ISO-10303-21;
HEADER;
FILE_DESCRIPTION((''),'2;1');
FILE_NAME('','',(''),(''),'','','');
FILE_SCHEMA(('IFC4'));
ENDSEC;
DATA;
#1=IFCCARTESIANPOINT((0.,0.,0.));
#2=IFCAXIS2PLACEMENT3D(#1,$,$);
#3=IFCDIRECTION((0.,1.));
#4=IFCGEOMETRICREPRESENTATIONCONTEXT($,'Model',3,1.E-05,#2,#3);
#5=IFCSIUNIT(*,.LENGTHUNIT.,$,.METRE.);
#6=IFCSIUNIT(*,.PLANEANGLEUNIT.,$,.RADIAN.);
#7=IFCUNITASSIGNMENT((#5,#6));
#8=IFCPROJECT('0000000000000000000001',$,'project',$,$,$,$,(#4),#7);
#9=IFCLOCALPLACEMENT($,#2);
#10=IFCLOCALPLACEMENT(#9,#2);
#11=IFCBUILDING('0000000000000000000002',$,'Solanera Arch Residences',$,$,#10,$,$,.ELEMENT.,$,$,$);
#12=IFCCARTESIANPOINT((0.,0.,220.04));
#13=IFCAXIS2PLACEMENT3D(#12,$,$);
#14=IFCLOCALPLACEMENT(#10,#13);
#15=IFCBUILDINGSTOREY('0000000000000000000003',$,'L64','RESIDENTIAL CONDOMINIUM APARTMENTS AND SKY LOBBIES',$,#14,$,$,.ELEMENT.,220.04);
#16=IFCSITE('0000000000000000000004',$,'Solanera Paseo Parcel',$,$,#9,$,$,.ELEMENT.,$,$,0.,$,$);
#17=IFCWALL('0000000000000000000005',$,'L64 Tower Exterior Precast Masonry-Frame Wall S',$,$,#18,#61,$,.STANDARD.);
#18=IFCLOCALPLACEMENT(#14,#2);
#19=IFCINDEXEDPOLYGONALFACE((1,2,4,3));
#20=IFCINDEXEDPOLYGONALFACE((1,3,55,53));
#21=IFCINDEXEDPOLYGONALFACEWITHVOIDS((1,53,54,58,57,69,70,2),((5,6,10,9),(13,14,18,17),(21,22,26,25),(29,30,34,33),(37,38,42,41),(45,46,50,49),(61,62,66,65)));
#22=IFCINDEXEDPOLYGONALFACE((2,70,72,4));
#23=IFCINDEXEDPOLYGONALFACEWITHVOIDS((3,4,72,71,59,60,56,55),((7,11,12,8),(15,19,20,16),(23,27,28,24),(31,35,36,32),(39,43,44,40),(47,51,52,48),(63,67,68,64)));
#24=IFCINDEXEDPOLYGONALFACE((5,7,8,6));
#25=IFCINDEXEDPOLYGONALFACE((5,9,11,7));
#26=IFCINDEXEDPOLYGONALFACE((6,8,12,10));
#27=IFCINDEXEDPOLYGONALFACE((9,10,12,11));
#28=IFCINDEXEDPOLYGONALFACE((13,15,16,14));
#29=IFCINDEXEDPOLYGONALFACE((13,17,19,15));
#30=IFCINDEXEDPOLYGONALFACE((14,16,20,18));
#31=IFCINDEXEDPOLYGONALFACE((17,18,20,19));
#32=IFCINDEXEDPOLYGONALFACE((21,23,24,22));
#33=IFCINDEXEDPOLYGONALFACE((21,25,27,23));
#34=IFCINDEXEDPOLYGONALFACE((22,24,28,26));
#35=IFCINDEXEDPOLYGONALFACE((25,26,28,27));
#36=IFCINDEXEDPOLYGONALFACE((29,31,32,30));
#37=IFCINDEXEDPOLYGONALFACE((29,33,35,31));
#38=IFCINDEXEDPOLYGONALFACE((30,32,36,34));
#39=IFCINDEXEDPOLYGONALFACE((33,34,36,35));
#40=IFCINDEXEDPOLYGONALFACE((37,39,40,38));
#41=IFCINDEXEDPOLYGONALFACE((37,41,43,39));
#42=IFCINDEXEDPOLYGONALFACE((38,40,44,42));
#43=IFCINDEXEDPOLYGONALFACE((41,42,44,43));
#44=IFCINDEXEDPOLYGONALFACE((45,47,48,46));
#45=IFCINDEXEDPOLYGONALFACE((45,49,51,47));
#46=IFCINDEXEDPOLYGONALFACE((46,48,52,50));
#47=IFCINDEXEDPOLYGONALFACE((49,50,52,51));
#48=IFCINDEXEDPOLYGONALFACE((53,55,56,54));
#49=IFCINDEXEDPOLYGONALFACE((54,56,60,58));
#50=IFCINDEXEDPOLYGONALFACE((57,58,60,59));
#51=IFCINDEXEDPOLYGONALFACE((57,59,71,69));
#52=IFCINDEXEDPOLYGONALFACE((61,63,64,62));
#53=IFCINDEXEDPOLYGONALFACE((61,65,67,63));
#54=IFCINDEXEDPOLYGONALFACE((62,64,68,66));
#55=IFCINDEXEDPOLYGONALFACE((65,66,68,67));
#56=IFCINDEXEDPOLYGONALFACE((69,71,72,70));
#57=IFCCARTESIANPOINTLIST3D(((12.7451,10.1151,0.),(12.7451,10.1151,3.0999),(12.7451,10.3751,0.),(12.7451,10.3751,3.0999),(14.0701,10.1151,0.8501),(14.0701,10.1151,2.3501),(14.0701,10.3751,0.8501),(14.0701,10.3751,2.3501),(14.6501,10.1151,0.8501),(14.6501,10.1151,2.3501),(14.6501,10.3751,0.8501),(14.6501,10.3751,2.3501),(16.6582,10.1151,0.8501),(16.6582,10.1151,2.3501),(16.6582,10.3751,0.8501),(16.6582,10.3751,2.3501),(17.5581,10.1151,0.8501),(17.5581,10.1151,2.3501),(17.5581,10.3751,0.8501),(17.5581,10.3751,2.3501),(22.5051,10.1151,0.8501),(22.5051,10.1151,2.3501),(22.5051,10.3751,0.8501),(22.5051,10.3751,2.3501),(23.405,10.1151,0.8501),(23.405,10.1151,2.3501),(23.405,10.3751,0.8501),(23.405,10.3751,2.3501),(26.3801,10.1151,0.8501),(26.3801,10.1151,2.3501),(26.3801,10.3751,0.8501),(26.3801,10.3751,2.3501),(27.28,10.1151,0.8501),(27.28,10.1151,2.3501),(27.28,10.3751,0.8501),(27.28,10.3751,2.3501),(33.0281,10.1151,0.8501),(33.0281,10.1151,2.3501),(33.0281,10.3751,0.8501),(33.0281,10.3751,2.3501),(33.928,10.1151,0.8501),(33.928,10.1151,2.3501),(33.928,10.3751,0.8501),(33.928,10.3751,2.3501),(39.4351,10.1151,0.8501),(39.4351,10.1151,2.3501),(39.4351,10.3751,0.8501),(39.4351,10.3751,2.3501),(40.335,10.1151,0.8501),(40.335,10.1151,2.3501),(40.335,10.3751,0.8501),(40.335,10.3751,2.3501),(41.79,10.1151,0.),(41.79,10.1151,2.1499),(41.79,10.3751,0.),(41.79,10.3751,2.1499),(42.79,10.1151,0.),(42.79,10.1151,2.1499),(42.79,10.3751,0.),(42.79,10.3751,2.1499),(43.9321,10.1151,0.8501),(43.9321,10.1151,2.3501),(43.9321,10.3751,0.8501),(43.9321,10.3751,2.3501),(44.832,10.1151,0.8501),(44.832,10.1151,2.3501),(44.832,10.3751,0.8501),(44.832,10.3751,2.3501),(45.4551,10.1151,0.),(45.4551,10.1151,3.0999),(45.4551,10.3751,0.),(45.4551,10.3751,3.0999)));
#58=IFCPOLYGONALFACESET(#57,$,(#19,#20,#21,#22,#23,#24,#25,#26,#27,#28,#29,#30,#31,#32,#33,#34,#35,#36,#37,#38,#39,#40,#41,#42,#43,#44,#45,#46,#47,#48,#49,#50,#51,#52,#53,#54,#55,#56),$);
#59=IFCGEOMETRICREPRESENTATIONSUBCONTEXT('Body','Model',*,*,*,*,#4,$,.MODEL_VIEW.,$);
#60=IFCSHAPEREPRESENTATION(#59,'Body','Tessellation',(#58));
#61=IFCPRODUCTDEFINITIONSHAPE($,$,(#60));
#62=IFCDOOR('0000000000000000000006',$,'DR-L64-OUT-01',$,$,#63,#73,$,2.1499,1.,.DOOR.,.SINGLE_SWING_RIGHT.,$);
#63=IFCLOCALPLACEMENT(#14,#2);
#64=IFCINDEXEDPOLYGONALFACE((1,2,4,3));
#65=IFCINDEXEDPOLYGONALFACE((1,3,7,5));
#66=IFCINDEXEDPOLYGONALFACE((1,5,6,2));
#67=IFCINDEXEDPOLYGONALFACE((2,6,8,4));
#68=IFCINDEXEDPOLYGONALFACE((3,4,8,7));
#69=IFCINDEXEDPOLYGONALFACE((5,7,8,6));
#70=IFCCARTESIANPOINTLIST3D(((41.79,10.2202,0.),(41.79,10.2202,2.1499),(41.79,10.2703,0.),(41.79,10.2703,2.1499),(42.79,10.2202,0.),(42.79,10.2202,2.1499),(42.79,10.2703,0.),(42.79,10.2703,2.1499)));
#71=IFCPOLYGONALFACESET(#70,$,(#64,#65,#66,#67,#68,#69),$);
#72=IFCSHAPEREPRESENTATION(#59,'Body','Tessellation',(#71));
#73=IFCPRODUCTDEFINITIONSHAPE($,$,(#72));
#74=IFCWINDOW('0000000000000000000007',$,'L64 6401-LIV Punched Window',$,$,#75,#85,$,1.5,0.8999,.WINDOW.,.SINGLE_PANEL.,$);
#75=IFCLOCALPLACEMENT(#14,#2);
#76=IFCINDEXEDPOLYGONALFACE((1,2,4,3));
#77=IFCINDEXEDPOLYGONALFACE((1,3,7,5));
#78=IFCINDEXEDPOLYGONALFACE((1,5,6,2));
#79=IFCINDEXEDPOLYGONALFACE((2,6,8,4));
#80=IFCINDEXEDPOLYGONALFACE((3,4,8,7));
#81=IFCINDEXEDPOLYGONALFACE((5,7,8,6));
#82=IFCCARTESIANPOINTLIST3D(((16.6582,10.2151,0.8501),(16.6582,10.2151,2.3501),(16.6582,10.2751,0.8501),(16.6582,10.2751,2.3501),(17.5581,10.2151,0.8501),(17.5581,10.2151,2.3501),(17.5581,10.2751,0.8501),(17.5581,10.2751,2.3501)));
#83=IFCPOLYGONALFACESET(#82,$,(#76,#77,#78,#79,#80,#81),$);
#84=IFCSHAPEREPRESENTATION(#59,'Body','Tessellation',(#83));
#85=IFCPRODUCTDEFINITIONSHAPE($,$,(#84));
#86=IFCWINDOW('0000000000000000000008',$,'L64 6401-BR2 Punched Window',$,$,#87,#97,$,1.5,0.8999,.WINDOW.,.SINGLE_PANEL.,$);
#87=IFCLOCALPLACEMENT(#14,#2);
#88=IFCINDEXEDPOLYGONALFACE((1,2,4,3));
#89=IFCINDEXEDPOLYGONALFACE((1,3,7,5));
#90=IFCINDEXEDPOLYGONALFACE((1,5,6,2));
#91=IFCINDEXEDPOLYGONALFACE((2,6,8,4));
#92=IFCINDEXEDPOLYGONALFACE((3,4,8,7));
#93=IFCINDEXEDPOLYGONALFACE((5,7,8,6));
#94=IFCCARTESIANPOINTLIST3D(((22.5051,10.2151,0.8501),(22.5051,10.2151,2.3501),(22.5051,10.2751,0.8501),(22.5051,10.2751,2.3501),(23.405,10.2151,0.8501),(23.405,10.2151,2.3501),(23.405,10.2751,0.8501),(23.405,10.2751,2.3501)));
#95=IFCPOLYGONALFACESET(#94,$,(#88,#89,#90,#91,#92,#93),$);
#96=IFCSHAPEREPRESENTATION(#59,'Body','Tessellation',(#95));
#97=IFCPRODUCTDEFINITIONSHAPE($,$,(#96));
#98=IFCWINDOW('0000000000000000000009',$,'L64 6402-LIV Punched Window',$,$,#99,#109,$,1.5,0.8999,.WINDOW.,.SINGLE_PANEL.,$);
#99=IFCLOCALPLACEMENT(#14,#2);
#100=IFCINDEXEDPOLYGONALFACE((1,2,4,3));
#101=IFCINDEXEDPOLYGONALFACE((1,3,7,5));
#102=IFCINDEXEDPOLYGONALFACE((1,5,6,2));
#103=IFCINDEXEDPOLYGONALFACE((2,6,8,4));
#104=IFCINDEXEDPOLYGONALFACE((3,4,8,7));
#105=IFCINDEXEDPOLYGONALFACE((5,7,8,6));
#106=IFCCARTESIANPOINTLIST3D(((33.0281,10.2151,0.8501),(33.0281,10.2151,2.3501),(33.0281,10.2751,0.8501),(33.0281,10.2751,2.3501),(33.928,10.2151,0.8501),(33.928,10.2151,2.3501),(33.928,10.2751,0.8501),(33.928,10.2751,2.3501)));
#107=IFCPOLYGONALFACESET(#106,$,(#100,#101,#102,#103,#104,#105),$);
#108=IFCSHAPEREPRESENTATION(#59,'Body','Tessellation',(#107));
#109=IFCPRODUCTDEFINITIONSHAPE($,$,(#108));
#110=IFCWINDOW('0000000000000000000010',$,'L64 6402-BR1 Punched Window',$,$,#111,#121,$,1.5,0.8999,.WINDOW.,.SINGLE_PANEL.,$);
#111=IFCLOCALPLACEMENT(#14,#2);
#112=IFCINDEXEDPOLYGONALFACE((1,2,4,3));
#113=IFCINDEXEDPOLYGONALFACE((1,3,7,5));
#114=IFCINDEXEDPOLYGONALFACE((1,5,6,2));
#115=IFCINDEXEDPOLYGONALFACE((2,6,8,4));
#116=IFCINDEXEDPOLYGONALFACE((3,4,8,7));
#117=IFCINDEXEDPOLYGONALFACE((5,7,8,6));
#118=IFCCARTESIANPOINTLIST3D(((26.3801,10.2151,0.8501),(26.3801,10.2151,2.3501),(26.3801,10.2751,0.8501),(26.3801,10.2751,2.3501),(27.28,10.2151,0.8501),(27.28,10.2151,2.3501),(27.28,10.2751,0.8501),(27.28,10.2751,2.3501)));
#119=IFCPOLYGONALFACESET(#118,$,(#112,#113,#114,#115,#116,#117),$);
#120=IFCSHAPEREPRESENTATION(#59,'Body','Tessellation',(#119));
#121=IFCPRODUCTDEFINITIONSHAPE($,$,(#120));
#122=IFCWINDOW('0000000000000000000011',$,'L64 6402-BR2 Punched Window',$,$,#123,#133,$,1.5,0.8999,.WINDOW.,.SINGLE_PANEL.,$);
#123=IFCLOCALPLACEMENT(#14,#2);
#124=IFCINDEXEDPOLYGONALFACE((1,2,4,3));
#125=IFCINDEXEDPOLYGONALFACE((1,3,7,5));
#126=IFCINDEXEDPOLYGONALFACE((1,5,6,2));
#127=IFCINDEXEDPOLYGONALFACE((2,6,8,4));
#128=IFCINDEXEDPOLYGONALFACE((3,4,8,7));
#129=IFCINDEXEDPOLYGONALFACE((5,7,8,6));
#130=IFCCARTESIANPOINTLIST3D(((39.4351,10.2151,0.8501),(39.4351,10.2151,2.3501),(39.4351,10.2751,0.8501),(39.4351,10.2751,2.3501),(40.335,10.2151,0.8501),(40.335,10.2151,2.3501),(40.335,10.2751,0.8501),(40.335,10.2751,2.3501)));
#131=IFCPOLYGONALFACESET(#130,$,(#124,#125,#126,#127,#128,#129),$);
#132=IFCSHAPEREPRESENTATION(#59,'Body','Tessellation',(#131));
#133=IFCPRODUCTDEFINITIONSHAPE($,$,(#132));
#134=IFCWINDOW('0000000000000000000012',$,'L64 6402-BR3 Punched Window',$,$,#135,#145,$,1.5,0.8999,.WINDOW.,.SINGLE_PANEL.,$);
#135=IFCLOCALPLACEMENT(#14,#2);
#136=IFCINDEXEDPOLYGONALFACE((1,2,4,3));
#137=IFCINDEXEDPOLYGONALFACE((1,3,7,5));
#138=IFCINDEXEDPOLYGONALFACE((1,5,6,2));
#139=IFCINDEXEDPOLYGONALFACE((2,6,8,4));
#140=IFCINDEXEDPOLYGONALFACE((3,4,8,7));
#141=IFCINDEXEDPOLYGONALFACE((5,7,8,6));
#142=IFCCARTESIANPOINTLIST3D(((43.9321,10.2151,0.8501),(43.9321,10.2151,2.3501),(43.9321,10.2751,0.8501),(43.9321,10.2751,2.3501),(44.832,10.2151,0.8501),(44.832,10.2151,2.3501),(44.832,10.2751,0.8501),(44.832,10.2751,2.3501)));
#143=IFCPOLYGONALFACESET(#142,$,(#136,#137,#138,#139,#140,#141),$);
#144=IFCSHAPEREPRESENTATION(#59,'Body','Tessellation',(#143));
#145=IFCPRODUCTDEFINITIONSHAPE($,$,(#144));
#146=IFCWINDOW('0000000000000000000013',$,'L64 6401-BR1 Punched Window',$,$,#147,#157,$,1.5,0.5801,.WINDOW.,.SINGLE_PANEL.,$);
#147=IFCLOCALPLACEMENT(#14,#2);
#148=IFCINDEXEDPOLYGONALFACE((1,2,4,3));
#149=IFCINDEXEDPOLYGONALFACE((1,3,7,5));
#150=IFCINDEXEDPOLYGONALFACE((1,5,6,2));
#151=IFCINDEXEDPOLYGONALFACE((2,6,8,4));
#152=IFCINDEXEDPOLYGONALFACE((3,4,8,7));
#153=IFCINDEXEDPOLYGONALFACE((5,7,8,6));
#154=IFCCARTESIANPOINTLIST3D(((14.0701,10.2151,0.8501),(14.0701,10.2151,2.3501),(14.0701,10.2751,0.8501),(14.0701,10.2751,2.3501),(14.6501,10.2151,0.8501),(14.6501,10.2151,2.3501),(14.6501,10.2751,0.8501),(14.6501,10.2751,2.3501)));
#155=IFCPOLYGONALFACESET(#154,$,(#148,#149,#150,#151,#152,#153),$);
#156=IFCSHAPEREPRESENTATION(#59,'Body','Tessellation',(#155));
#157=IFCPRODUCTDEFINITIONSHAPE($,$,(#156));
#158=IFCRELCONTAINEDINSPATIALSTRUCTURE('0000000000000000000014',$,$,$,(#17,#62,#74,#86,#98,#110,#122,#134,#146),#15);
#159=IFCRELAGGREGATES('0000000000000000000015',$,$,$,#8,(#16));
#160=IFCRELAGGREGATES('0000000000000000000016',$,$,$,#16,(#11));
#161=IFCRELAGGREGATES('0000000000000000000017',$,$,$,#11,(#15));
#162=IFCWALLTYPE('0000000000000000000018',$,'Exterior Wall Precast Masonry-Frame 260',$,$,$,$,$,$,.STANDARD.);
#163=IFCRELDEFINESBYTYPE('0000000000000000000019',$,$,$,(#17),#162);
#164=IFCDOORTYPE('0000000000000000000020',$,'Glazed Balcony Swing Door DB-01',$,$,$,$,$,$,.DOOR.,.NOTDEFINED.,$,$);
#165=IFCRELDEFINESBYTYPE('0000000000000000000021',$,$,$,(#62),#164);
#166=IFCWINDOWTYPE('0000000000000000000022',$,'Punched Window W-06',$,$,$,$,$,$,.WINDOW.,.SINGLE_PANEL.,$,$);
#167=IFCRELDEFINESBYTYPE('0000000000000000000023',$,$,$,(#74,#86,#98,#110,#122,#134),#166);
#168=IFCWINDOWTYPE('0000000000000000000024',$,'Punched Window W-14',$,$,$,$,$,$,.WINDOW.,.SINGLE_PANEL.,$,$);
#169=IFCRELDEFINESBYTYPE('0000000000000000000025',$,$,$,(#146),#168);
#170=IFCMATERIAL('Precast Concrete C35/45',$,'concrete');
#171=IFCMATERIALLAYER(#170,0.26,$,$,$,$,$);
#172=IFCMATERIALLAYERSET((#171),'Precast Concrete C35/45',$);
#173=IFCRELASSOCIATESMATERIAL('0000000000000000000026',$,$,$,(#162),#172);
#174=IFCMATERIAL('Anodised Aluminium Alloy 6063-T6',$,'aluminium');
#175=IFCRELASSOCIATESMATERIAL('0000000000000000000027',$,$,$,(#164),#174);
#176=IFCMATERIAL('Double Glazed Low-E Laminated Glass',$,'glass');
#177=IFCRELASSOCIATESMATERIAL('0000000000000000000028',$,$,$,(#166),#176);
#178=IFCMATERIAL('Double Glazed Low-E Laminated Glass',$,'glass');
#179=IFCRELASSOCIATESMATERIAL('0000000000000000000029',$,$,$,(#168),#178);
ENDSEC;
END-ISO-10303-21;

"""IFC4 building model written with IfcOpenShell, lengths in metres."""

from ifc_helpers import new_model, si_unit, direction, frame, frame_2d, origin, place, context, subcontext, project, spatial, rectangle, extrude, material, layer, layer_set, type_object, element, fill, save


model = new_model("IFC4")

# Units and contexts
model_context = context("Model", 3, precision=1e-05, world=origin(), true_north=direction((0.0, 1.0)))
body_context = subcontext(model_context, "Body", "Model", "MODEL_VIEW")
ifc_project = project(units=[si_unit("LENGTHUNIT", "METRE"), si_unit("PLANEANGLEUNIT", "RADIAN")], contexts=[model_context])

# Site, building, storey
site_placement = place(None, origin())
site = spatial("IfcSite", under=ifc_project, at=site_placement, Name="Solanera Paseo Parcel", CompositionType="ELEMENT", RefElevation=0.0)
building_placement = place(site_placement, origin())
building = spatial("IfcBuilding", under=site, at=building_placement, Name="Solanera Arch Residences", CompositionType="ELEMENT")
storey_placement = place(building_placement, frame((0.0, 0.0, 220.04)))
storey = spatial("IfcBuildingStorey", under=building, at=storey_placement, Name="L64", Description="RESIDENTIAL CONDOMINIUM APARTMENTS AND SKY LOBBIES", CompositionType="ELEMENT", Elevation=220.04)

# Shared definitions
ifc_material_1 = material(Name="Precast Concrete C35/45", Category="concrete")
ifc_layer_1 = layer(ifc_material_1, 0.26)
ifc_layer_set_1 = layer_set([ifc_layer_1], Name="Precast Concrete C35/45")
wall_type_1 = type_object("IfcWallType", Name="Exterior Wall Precast Masonry-Frame 260", PredefinedType="STANDARD", material=ifc_layer_set_1)

# Wall, openings, door, windows
wall_1_placement = place(storey_placement, frame((45.4551, 10.2451, 0.0), z_axis=(0.0, 0.0, 1.0), x_axis=(-1.0, 0.0, 0.0)))
wall_1 = element("IfcWall", 1, at=wall_1_placement, inside=storey, type_object=wall_type_1, Name="L64 Tower Exterior Precast Masonry-Frame Wall S", PredefinedType="STANDARD", context=body_context, shape_type="SweptSolid", body=[
    extrude(rectangle(XDim=32.71, YDim=0.26, at=frame_2d((16.355, 0.0))), origin(), (0.0, 0.0, 1.0), 3.0999),
])
opening_1_placement = place(wall_1_placement, frame((2.665, 0.0, 0.0)))
opening_1 = element("IfcOpeningElement", 2, at=opening_1_placement, cuts=wall_1, PredefinedType="OPENING", context=body_context, shape_type="SweptSolid", body=[
    extrude(rectangle(XDim=1.0, YDim=2.1499, at=frame_2d((0.5, 1.075))), frame((0.0, 0.1399, 0.0), z_axis=(0.0, -1.0, 0.0), x_axis=(1.0, 0.0, 0.0)), (0.0, 0.0, 1.0), 0.28),
])
opening_2_placement = place(wall_1_placement, frame((27.897, 0.0, 0.8501)))
opening_2 = element("IfcOpeningElement", 3, at=opening_2_placement, cuts=wall_1, PredefinedType="OPENING", context=body_context, shape_type="SweptSolid", body=[
    extrude(rectangle(XDim=0.8999, YDim=1.5, at=frame_2d((0.45, 0.75))), frame((0.0, 0.1399, 0.0), z_axis=(0.0, -1.0, 0.0), x_axis=(1.0, 0.0, 0.0)), (0.0, 0.0, 1.0), 0.28),
])
opening_3_placement = place(wall_1_placement, frame((30.8049, 0.0, 0.8501)))
opening_3 = element("IfcOpeningElement", 4, at=opening_3_placement, cuts=wall_1, PredefinedType="OPENING", context=body_context, shape_type="SweptSolid", body=[
    extrude(rectangle(XDim=0.5801, YDim=1.5, at=frame_2d((0.29, 0.75))), frame((0.0, 0.1399, 0.0), z_axis=(0.0, -1.0, 0.0), x_axis=(1.0, 0.0, 0.0)), (0.0, 0.0, 1.0), 0.28),
])
opening_4_placement = place(wall_1_placement, frame((22.05, 0.0, 0.8501)))
opening_4 = element("IfcOpeningElement", 5, at=opening_4_placement, cuts=wall_1, PredefinedType="OPENING", context=body_context, shape_type="SweptSolid", body=[
    extrude(rectangle(XDim=0.8999, YDim=1.5, at=frame_2d((0.45, 0.75))), frame((0.0, 0.1399, 0.0), z_axis=(0.0, -1.0, 0.0), x_axis=(1.0, 0.0, 0.0)), (0.0, 0.0, 1.0), 0.28),
])
opening_5_placement = place(wall_1_placement, frame((11.5271, 0.0, 0.8501)))
opening_5 = element("IfcOpeningElement", 6, at=opening_5_placement, cuts=wall_1, PredefinedType="OPENING", context=body_context, shape_type="SweptSolid", body=[
    extrude(rectangle(XDim=0.8999, YDim=1.5, at=frame_2d((0.45, 0.75))), frame((0.0, 0.1399, 0.0), z_axis=(0.0, -1.0, 0.0), x_axis=(1.0, 0.0, 0.0)), (0.0, 0.0, 1.0), 0.28),
])
opening_6_placement = place(wall_1_placement, frame((18.175, 0.0, 0.8501)))
opening_6 = element("IfcOpeningElement", 7, at=opening_6_placement, cuts=wall_1, PredefinedType="OPENING", context=body_context, shape_type="SweptSolid", body=[
    extrude(rectangle(XDim=0.8999, YDim=1.5, at=frame_2d((0.45, 0.75))), frame((0.0, 0.1399, 0.0), z_axis=(0.0, -1.0, 0.0), x_axis=(1.0, 0.0, 0.0)), (0.0, 0.0, 1.0), 0.28),
])
opening_7_placement = place(wall_1_placement, frame((5.1201, 0.0, 0.8501)))
opening_7 = element("IfcOpeningElement", 8, at=opening_7_placement, cuts=wall_1, PredefinedType="OPENING", context=body_context, shape_type="SweptSolid", body=[
    extrude(rectangle(XDim=0.8999, YDim=1.5, at=frame_2d((0.45, 0.75))), frame((0.0, 0.1399, 0.0), z_axis=(0.0, -1.0, 0.0), x_axis=(1.0, 0.0, 0.0)), (0.0, 0.0, 1.0), 0.28),
])
opening_8_placement = place(wall_1_placement, frame((0.623, 0.0, 0.8501)))
opening_8 = element("IfcOpeningElement", 9, at=opening_8_placement, cuts=wall_1, PredefinedType="OPENING", context=body_context, shape_type="SweptSolid", body=[
    extrude(rectangle(XDim=0.8999, YDim=1.5, at=frame_2d((0.45, 0.75))), frame((0.0, 0.1399, 0.0), z_axis=(0.0, -1.0, 0.0), x_axis=(1.0, 0.0, 0.0)), (0.0, 0.0, 1.0), 0.28),
])
ifc_material_2 = material(Name="Anodised Aluminium Alloy 6063-T6", Category="aluminium")
door_type_1 = type_object("IfcDoorType", Name="Glazed Balcony Swing Door DB-01", OperationType="NOTDEFINED", PredefinedType="DOOR", material=ifc_material_2)
door_1_placement = place(opening_1_placement, origin())
door_1 = element("IfcDoor", 10, at=door_1_placement, inside=storey, type_object=door_type_1, Name="DR-L64-OUT-01", OperationType="SINGLE_SWING_RIGHT", OverallHeight=2.1499, OverallWidth=1.0, PredefinedType="DOOR", context=body_context, shape_type="SweptSolid", body=[
    extrude(rectangle(XDim=1.0, YDim=2.1499, at=frame_2d((0.5, 1.075))), frame((0.0, 0.0249, 0.0), z_axis=(0.0, -1.0, 0.0), x_axis=(1.0, 0.0, 0.0)), (0.0, 0.0, 1.0), 0.05),
])
fill(opening_1, door_1)
ifc_material_3 = material(Name="Double Glazed Low-E Laminated Glass", Category="glass")
window_type_1 = type_object("IfcWindowType", Name="Punched Window W-06", PartitioningType="SINGLE_PANEL", PredefinedType="WINDOW", material=ifc_material_3)
window_1_placement = place(opening_2_placement, origin())
window_1 = element("IfcWindow", 11, at=window_1_placement, inside=storey, type_object=window_type_1, Name="L64 6401-LIV Punched Window", OverallHeight=1.5, OverallWidth=0.8999, PartitioningType="SINGLE_PANEL", PredefinedType="WINDOW", context=body_context, shape_type="SweptSolid", body=[
    extrude(rectangle(XDim=0.8999, YDim=1.5, at=frame_2d((0.45, 0.75))), frame((0.0, 0.03, 0.0), z_axis=(0.0, -1.0, 0.0), x_axis=(1.0, 0.0, 0.0)), (0.0, 0.0, 1.0), 0.0601),
])
fill(opening_2, window_1)
window_2_placement = place(opening_4_placement, origin())
window_2 = element("IfcWindow", 12, at=window_2_placement, inside=storey, type_object=window_type_1, Name="L64 6401-BR2 Punched Window", OverallHeight=1.5, OverallWidth=0.8999, PartitioningType="SINGLE_PANEL", PredefinedType="WINDOW", context=body_context, shape_type="SweptSolid", body=[
    extrude(rectangle(XDim=0.8999, YDim=1.5, at=frame_2d((0.45, 0.75))), frame((0.0, 0.03, 0.0), z_axis=(0.0, -1.0, 0.0), x_axis=(1.0, 0.0, 0.0)), (0.0, 0.0, 1.0), 0.0601),
])
fill(opening_4, window_2)
window_3_placement = place(opening_5_placement, origin())
window_3 = element("IfcWindow", 13, at=window_3_placement, inside=storey, type_object=window_type_1, Name="L64 6402-LIV Punched Window", OverallHeight=1.5, OverallWidth=0.8999, PartitioningType="SINGLE_PANEL", PredefinedType="WINDOW", context=body_context, shape_type="SweptSolid", body=[
    extrude(rectangle(XDim=0.8999, YDim=1.5, at=frame_2d((0.45, 0.75))), frame((0.0, 0.03, 0.0), z_axis=(0.0, -1.0, 0.0), x_axis=(1.0, 0.0, 0.0)), (0.0, 0.0, 1.0), 0.0601),
])
fill(opening_5, window_3)
window_4_placement = place(opening_6_placement, origin())
window_4 = element("IfcWindow", 14, at=window_4_placement, inside=storey, type_object=window_type_1, Name="L64 6402-BR1 Punched Window", OverallHeight=1.5, OverallWidth=0.8999, PartitioningType="SINGLE_PANEL", PredefinedType="WINDOW", context=body_context, shape_type="SweptSolid", body=[
    extrude(rectangle(XDim=0.8999, YDim=1.5, at=frame_2d((0.45, 0.75))), frame((0.0, 0.03, 0.0), z_axis=(0.0, -1.0, 0.0), x_axis=(1.0, 0.0, 0.0)), (0.0, 0.0, 1.0), 0.0601),
])
fill(opening_6, window_4)
window_5_placement = place(opening_7_placement, origin())
window_5 = element("IfcWindow", 15, at=window_5_placement, inside=storey, type_object=window_type_1, Name="L64 6402-BR2 Punched Window", OverallHeight=1.5, OverallWidth=0.8999, PartitioningType="SINGLE_PANEL", PredefinedType="WINDOW", context=body_context, shape_type="SweptSolid", body=[
    extrude(rectangle(XDim=0.8999, YDim=1.5, at=frame_2d((0.45, 0.75))), frame((0.0, 0.03, 0.0), z_axis=(0.0, -1.0, 0.0), x_axis=(1.0, 0.0, 0.0)), (0.0, 0.0, 1.0), 0.0601),
])
fill(opening_7, window_5)
window_6_placement = place(opening_8_placement, origin())
window_6 = element("IfcWindow", 16, at=window_6_placement, inside=storey, type_object=window_type_1, Name="L64 6402-BR3 Punched Window", OverallHeight=1.5, OverallWidth=0.8999, PartitioningType="SINGLE_PANEL", PredefinedType="WINDOW", context=body_context, shape_type="SweptSolid", body=[
    extrude(rectangle(XDim=0.8999, YDim=1.5, at=frame_2d((0.45, 0.75))), frame((0.0, 0.03, 0.0), z_axis=(0.0, -1.0, 0.0), x_axis=(1.0, 0.0, 0.0)), (0.0, 0.0, 1.0), 0.0601),
])
fill(opening_8, window_6)
ifc_material_4 = material(Name="Double Glazed Low-E Laminated Glass", Category="glass")
window_type_2 = type_object("IfcWindowType", Name="Punched Window W-14", PartitioningType="SINGLE_PANEL", PredefinedType="WINDOW", material=ifc_material_4)
window_7_placement = place(opening_3_placement, origin())
window_7 = element("IfcWindow", 17, at=window_7_placement, inside=storey, type_object=window_type_2, Name="L64 6401-BR1 Punched Window", OverallHeight=1.5, OverallWidth=0.5801, PartitioningType="SINGLE_PANEL", PredefinedType="WINDOW", context=body_context, shape_type="SweptSolid", body=[
    extrude(rectangle(XDim=0.5801, YDim=1.5, at=frame_2d((0.29, 0.75))), frame((0.0, 0.03, 0.0), z_axis=(0.0, -1.0, 0.0), x_axis=(1.0, 0.0, 0.0)), (0.0, 0.0, 1.0), 0.0601),
])
fill(opening_3, window_7)

save(model, "model.ifc")
